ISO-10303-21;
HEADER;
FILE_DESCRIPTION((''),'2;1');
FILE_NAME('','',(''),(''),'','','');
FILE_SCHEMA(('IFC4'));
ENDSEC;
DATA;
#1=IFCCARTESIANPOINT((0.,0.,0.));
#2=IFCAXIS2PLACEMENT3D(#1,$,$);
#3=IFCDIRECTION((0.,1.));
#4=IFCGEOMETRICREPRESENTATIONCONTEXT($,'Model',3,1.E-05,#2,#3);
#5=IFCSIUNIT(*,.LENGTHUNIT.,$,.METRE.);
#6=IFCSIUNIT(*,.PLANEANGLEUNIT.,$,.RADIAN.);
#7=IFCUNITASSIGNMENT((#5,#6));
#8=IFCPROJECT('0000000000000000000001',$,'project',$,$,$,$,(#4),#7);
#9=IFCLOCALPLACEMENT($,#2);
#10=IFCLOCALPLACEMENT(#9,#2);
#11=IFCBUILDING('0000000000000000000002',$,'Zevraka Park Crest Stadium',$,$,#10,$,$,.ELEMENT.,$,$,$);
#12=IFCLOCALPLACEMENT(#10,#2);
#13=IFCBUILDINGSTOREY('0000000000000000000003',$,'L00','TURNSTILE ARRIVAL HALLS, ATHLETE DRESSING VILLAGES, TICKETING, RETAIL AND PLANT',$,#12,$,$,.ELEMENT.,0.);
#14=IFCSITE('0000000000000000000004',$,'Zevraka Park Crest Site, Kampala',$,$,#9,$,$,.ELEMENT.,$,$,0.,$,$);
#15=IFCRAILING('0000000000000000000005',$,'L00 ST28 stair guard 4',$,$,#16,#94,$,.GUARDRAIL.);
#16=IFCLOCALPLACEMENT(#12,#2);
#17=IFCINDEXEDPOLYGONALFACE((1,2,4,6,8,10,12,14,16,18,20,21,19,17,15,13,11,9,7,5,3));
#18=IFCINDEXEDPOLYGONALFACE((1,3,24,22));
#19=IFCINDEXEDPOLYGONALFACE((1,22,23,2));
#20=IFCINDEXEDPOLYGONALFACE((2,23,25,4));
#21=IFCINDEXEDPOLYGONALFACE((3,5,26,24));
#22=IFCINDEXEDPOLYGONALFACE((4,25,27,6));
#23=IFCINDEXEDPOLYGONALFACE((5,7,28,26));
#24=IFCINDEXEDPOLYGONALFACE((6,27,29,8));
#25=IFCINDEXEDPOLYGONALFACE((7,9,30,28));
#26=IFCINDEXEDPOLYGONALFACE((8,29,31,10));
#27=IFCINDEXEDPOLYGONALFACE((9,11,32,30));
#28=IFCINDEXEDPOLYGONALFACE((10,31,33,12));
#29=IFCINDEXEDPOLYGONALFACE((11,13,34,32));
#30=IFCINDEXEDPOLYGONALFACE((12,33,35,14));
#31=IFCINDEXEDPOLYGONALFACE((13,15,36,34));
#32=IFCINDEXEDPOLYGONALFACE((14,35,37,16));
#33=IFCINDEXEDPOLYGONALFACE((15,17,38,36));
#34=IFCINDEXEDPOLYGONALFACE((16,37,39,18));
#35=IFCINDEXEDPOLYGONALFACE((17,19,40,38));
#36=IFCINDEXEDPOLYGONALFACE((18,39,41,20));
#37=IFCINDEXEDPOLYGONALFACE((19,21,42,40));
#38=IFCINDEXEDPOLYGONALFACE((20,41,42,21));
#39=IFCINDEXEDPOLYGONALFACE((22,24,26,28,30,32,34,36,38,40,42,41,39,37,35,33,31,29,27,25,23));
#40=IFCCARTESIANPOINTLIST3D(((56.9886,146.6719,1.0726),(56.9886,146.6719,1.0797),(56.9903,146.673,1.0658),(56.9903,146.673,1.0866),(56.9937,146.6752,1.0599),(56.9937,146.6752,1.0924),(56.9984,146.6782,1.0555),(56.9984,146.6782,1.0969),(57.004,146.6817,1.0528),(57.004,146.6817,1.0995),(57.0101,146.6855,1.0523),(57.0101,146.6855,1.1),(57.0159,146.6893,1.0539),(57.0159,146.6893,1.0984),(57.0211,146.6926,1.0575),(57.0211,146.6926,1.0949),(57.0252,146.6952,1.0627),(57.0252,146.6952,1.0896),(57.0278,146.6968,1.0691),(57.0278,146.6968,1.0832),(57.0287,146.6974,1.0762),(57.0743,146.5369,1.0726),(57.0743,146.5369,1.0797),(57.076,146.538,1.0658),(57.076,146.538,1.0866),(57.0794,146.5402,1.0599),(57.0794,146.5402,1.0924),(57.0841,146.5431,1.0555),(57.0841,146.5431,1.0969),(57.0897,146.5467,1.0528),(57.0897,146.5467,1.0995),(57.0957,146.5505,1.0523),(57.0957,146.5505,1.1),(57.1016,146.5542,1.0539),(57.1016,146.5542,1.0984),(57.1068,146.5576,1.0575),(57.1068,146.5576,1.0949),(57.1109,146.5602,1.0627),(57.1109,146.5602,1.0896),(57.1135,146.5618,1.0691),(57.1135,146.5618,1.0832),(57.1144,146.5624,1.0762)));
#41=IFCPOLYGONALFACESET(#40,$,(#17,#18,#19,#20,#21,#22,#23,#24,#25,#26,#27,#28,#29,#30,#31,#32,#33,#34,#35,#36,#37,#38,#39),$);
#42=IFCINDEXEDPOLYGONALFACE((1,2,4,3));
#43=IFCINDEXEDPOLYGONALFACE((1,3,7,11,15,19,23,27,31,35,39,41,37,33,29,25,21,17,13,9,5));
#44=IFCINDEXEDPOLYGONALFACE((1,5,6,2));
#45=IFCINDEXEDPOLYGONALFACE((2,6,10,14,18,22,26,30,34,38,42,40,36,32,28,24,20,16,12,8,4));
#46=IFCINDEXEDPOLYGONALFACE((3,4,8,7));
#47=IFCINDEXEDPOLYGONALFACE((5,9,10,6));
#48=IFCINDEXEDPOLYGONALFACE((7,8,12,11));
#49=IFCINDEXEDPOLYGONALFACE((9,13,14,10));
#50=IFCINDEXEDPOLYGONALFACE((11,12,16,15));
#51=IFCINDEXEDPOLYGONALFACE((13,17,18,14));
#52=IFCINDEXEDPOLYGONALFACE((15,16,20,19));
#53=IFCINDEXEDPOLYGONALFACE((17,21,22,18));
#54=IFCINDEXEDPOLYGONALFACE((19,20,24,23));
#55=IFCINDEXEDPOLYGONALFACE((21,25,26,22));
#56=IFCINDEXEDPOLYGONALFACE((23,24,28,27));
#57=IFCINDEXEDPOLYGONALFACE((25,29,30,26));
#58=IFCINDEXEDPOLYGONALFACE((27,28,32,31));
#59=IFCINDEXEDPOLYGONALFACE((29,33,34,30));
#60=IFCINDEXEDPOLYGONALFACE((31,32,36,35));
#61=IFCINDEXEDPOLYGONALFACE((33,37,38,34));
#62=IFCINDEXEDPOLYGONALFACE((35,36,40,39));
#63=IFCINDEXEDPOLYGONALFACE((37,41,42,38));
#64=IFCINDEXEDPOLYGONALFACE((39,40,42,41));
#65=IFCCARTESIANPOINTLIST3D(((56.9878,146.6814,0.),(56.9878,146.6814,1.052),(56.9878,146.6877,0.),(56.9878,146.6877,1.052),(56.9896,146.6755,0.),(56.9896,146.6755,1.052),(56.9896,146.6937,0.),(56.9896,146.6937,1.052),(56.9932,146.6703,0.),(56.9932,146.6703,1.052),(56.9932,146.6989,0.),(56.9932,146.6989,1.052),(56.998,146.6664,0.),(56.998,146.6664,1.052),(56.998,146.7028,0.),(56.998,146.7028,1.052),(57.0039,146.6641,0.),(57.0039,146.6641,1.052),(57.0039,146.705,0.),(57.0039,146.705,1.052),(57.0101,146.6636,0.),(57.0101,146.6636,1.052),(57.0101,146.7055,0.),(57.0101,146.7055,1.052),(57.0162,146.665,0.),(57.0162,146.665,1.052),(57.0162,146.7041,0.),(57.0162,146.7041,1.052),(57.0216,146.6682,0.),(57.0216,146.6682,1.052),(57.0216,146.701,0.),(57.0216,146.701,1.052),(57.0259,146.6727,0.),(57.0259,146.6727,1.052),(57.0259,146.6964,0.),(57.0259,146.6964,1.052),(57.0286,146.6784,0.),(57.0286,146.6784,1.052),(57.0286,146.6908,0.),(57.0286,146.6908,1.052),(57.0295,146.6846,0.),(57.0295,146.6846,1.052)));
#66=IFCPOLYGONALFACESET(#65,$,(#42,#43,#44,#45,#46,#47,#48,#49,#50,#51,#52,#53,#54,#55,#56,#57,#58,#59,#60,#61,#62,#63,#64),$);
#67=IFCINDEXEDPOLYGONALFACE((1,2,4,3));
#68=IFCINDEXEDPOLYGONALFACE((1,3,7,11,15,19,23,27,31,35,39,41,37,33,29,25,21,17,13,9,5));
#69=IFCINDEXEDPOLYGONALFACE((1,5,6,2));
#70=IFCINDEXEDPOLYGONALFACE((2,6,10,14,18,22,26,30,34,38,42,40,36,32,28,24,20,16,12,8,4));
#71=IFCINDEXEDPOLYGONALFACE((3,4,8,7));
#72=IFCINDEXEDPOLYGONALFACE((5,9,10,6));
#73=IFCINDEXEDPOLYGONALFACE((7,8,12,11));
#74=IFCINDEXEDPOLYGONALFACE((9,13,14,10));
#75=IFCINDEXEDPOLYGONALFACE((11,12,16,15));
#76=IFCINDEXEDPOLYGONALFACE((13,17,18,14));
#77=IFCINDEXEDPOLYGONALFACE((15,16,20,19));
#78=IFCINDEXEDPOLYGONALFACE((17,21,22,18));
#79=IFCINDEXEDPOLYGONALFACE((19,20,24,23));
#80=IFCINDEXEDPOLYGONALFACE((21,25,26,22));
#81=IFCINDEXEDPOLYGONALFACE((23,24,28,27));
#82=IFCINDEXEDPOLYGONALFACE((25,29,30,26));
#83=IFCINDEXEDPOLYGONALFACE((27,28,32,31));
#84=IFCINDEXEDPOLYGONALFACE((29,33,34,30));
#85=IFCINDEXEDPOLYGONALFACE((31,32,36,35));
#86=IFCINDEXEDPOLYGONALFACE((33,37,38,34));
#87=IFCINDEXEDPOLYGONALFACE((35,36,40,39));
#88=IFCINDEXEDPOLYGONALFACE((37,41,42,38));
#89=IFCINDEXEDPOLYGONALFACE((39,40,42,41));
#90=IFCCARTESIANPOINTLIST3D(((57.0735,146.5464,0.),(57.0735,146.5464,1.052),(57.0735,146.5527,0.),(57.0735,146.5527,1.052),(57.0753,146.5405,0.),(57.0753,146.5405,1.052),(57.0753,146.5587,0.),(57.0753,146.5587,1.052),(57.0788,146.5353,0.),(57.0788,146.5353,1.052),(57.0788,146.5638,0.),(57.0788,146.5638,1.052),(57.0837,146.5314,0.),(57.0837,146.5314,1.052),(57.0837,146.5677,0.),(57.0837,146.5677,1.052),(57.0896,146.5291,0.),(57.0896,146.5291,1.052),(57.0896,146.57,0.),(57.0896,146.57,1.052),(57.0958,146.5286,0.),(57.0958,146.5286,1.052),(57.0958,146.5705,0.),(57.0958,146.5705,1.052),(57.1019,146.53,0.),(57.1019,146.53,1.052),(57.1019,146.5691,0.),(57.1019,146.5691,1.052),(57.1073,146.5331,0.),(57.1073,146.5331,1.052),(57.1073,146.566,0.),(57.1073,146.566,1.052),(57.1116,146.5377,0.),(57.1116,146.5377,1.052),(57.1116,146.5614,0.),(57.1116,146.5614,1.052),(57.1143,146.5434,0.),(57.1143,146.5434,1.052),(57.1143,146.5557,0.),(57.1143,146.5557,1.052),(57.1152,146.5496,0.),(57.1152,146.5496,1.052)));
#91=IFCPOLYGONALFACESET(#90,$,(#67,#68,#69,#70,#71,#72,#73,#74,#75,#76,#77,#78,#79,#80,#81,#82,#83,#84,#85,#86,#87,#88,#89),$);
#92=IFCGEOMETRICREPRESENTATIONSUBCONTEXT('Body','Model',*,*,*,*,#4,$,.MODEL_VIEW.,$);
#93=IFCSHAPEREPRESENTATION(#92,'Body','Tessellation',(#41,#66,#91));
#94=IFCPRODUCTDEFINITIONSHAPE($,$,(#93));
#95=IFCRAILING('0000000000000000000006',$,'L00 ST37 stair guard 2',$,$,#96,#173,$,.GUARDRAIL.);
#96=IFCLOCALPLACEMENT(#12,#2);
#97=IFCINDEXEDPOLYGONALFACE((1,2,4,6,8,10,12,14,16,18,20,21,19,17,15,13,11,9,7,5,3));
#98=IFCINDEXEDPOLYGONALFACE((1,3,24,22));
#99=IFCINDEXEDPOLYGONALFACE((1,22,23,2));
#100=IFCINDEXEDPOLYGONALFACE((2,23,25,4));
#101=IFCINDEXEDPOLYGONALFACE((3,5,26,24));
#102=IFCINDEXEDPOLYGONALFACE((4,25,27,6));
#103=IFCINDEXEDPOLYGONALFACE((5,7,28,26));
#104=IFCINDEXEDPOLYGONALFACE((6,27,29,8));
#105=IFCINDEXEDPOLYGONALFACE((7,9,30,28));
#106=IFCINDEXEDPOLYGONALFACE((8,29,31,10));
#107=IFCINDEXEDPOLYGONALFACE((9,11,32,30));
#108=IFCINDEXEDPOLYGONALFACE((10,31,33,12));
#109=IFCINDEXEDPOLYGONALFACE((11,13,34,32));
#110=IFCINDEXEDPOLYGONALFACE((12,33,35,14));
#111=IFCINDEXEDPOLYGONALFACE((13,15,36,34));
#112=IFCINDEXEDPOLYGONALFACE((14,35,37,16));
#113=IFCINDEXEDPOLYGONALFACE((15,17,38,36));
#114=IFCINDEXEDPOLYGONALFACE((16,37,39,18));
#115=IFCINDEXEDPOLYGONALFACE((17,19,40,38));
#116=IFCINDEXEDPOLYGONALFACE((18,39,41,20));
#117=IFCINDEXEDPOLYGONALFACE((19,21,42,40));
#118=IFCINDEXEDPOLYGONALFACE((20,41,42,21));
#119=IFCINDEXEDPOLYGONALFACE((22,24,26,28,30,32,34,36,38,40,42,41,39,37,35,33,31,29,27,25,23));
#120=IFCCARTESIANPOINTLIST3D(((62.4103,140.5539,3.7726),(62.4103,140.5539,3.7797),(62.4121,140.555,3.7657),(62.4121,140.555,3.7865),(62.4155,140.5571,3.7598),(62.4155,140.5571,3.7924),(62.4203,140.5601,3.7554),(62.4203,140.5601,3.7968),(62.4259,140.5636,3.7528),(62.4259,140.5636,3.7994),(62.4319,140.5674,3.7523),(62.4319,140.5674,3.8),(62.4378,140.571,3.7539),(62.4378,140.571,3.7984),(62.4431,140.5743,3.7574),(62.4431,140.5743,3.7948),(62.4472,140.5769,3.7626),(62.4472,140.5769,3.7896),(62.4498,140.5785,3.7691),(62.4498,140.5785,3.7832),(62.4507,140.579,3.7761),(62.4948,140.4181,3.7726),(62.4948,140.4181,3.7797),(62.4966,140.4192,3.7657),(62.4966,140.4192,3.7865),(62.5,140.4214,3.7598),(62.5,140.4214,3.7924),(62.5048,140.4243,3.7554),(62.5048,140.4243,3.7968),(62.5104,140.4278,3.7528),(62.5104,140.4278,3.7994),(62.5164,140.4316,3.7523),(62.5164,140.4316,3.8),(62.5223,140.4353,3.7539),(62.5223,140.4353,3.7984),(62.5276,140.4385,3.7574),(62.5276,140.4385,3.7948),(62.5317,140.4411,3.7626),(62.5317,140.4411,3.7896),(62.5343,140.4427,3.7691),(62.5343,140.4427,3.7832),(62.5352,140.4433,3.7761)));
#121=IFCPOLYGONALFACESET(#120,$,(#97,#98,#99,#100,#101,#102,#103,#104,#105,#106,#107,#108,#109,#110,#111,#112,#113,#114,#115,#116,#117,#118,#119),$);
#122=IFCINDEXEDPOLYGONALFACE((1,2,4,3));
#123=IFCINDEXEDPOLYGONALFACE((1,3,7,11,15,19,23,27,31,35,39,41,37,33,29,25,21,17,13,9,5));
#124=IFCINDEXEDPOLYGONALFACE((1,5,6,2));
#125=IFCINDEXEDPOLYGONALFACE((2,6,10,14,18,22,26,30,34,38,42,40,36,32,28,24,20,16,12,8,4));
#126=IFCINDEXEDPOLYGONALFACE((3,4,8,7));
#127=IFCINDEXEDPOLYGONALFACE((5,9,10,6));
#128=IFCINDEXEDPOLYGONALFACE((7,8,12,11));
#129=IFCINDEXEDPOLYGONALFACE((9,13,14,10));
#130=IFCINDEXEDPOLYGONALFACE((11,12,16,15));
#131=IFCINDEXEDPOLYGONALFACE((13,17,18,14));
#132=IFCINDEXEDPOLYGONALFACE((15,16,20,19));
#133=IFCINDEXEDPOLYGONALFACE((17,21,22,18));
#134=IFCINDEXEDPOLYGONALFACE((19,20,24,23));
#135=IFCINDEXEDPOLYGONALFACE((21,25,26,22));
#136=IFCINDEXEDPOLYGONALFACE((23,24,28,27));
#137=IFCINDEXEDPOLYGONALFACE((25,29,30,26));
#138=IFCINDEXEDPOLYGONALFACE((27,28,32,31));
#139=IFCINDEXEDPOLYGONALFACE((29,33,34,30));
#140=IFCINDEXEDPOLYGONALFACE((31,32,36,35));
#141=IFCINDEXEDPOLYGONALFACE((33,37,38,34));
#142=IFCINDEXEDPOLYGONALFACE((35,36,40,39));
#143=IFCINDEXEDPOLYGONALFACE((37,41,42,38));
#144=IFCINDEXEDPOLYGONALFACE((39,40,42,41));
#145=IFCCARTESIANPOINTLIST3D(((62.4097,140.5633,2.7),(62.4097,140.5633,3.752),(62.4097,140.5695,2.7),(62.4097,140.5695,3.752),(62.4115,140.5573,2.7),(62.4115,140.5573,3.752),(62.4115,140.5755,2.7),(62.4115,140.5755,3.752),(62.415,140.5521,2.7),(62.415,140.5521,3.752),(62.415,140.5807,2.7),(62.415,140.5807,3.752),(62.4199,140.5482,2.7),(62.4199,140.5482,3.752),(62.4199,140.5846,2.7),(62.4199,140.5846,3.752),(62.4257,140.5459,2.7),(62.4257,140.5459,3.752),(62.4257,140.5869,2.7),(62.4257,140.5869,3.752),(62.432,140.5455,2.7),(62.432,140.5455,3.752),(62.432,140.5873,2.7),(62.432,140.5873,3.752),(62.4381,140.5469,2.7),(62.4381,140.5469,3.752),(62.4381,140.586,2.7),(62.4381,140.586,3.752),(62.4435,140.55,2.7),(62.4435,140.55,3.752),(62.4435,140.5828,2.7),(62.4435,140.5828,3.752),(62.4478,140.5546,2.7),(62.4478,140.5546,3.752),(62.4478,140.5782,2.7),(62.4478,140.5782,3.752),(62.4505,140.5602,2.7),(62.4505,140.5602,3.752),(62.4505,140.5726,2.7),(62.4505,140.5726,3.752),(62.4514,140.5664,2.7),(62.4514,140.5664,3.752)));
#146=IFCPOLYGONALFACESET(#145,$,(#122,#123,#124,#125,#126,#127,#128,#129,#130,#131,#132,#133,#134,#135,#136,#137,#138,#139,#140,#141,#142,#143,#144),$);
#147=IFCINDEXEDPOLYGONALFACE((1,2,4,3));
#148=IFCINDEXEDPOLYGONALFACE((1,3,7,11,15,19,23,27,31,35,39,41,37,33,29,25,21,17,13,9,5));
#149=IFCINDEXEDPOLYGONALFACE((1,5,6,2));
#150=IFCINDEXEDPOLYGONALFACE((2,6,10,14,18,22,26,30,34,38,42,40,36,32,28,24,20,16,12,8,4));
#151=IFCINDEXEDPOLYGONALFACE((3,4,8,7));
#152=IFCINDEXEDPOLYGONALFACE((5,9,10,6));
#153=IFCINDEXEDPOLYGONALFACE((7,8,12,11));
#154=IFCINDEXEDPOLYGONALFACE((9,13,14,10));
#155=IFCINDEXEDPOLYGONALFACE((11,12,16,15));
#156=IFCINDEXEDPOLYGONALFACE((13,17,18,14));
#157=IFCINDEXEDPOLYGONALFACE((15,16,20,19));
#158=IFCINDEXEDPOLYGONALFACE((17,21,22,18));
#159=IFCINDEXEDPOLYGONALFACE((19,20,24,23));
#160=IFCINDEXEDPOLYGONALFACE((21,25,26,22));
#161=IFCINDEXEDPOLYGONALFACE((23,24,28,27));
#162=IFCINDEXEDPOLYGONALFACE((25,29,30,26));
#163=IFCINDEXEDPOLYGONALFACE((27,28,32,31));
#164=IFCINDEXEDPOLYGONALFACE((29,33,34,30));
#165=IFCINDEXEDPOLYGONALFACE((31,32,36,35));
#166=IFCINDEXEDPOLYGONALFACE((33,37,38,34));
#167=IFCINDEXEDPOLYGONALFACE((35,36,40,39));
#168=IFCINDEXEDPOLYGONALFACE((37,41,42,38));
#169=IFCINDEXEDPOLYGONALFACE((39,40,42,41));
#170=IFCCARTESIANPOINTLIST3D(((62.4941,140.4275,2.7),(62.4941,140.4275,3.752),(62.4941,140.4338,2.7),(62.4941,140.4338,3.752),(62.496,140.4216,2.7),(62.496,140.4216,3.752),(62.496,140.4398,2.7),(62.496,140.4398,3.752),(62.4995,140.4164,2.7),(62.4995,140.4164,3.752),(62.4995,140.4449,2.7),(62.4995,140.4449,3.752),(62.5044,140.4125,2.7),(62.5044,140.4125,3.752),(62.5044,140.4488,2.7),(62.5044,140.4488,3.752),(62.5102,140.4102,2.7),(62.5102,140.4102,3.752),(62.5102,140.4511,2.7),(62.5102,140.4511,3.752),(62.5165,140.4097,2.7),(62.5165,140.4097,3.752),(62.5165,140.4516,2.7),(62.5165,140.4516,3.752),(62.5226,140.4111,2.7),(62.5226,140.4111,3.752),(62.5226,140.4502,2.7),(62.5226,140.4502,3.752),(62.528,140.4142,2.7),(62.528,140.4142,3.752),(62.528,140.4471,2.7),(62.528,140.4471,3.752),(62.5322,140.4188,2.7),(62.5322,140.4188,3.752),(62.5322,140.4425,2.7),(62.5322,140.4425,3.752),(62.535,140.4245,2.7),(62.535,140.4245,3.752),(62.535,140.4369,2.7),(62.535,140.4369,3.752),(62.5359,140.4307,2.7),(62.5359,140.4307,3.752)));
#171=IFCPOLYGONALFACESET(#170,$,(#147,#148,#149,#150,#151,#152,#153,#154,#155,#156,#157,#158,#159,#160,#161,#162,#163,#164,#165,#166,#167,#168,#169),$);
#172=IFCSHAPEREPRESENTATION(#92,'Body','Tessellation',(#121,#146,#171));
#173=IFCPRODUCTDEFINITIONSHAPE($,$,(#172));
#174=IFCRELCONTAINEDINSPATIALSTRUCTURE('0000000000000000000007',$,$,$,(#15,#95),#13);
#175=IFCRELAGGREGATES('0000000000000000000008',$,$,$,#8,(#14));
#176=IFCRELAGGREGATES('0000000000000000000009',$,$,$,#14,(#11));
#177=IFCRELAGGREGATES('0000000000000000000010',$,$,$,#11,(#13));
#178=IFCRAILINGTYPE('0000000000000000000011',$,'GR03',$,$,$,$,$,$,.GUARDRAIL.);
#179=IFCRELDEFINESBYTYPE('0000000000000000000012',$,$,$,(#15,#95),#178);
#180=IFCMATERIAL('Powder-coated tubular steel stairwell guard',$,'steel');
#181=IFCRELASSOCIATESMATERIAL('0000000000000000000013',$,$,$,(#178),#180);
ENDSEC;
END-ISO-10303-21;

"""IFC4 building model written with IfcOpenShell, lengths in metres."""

from ifc_helpers import new_model, si_unit, direction, frame, origin, origin_2d, place, context, subcontext, project, spatial, circle, extrude, material, type_object, element, save


model = new_model("IFC4")

# Units and contexts
model_context = context("Model", 3, precision=1e-05, world=origin(), true_north=direction((0.0, 1.0)))
body_context = subcontext(model_context, "Body", "Model", "MODEL_VIEW")
ifc_project = project(units=[si_unit("LENGTHUNIT", "METRE"), si_unit("PLANEANGLEUNIT", "RADIAN")], contexts=[model_context])

# Site, building, storey
site_placement = place(None, origin())
site = spatial("IfcSite", under=ifc_project, at=site_placement, Name="Zevraka Park Crest Site, Kampala", CompositionType="ELEMENT", RefElevation=0.0)
building_placement = place(site_placement, origin())
building = spatial("IfcBuilding", under=site, at=building_placement, Name="Zevraka Park Crest Stadium", CompositionType="ELEMENT")
storey_placement = place(building_placement, origin())
storey = spatial("IfcBuildingStorey", under=building, at=storey_placement, Name="L00", Description="TURNSTILE ARRIVAL HALLS, ATHLETE DRESSING VILLAGES, TICKETING, RETAIL AND PLANT", CompositionType="ELEMENT", Elevation=0.0)

# Railings
ifc_material_1 = material(Name="Powder-coated tubular steel stairwell guard", Category="steel")
railing_type_1 = type_object("IfcRailingType", Name="GR03", PredefinedType="GUARDRAIL", material=ifc_material_1)
railing_1_placement = place(storey_placement, frame((57.0085, 146.6846, 0.0)))
element("IfcRailing", 1, at=railing_1_placement, inside=storey, type_object=railing_type_1, Name="L00 ST28 stair guard 4", PredefinedType="GUARDRAIL", context=body_context, shape_type="SweptSolid", body=[
    extrude(circle(Radius=0.0239, at=origin_2d()), frame((0.0, 0.0, 1.0762), z_axis=(0.535887, -0.84429, 0.0), x_axis=(0.84429, 0.535887, 0.0)), (0.0, 0.0, 1.0), 0.1599),
    extrude(circle(Radius=0.021, at=origin_2d()), origin(), (0.0, 0.0, 1.0), 1.052),
    extrude(circle(Radius=0.021, at=origin_2d()), frame((0.0857, -0.135, 0.0)), (0.0, 0.0, 1.0), 1.052),
])
railing_2_placement = place(storey_placement, frame((62.4304, 140.5664, 2.7)))
element("IfcRailing", 2, at=railing_2_placement, inside=storey, type_object=railing_type_1, Name="L00 ST37 stair guard 2", PredefinedType="GUARDRAIL", context=body_context, shape_type="SweptSolid", body=[
    extrude(circle(Radius=0.0239, at=origin_2d()), frame((0.0, 0.0, 1.0762), z_axis=(0.528351, -0.849026, 0.0), x_axis=(0.849026, 0.528351, 0.0)), (0.0, 0.0, 1.0), 0.1599),
    extrude(circle(Radius=0.021, at=origin_2d()), origin(), (0.0, 0.0, 1.0), 1.052),
    extrude(circle(Radius=0.021, at=origin_2d()), frame((0.0845, -0.1357, 0.0)), (0.0, 0.0, 1.0), 1.052),
])

save(model, "model.ifc")
